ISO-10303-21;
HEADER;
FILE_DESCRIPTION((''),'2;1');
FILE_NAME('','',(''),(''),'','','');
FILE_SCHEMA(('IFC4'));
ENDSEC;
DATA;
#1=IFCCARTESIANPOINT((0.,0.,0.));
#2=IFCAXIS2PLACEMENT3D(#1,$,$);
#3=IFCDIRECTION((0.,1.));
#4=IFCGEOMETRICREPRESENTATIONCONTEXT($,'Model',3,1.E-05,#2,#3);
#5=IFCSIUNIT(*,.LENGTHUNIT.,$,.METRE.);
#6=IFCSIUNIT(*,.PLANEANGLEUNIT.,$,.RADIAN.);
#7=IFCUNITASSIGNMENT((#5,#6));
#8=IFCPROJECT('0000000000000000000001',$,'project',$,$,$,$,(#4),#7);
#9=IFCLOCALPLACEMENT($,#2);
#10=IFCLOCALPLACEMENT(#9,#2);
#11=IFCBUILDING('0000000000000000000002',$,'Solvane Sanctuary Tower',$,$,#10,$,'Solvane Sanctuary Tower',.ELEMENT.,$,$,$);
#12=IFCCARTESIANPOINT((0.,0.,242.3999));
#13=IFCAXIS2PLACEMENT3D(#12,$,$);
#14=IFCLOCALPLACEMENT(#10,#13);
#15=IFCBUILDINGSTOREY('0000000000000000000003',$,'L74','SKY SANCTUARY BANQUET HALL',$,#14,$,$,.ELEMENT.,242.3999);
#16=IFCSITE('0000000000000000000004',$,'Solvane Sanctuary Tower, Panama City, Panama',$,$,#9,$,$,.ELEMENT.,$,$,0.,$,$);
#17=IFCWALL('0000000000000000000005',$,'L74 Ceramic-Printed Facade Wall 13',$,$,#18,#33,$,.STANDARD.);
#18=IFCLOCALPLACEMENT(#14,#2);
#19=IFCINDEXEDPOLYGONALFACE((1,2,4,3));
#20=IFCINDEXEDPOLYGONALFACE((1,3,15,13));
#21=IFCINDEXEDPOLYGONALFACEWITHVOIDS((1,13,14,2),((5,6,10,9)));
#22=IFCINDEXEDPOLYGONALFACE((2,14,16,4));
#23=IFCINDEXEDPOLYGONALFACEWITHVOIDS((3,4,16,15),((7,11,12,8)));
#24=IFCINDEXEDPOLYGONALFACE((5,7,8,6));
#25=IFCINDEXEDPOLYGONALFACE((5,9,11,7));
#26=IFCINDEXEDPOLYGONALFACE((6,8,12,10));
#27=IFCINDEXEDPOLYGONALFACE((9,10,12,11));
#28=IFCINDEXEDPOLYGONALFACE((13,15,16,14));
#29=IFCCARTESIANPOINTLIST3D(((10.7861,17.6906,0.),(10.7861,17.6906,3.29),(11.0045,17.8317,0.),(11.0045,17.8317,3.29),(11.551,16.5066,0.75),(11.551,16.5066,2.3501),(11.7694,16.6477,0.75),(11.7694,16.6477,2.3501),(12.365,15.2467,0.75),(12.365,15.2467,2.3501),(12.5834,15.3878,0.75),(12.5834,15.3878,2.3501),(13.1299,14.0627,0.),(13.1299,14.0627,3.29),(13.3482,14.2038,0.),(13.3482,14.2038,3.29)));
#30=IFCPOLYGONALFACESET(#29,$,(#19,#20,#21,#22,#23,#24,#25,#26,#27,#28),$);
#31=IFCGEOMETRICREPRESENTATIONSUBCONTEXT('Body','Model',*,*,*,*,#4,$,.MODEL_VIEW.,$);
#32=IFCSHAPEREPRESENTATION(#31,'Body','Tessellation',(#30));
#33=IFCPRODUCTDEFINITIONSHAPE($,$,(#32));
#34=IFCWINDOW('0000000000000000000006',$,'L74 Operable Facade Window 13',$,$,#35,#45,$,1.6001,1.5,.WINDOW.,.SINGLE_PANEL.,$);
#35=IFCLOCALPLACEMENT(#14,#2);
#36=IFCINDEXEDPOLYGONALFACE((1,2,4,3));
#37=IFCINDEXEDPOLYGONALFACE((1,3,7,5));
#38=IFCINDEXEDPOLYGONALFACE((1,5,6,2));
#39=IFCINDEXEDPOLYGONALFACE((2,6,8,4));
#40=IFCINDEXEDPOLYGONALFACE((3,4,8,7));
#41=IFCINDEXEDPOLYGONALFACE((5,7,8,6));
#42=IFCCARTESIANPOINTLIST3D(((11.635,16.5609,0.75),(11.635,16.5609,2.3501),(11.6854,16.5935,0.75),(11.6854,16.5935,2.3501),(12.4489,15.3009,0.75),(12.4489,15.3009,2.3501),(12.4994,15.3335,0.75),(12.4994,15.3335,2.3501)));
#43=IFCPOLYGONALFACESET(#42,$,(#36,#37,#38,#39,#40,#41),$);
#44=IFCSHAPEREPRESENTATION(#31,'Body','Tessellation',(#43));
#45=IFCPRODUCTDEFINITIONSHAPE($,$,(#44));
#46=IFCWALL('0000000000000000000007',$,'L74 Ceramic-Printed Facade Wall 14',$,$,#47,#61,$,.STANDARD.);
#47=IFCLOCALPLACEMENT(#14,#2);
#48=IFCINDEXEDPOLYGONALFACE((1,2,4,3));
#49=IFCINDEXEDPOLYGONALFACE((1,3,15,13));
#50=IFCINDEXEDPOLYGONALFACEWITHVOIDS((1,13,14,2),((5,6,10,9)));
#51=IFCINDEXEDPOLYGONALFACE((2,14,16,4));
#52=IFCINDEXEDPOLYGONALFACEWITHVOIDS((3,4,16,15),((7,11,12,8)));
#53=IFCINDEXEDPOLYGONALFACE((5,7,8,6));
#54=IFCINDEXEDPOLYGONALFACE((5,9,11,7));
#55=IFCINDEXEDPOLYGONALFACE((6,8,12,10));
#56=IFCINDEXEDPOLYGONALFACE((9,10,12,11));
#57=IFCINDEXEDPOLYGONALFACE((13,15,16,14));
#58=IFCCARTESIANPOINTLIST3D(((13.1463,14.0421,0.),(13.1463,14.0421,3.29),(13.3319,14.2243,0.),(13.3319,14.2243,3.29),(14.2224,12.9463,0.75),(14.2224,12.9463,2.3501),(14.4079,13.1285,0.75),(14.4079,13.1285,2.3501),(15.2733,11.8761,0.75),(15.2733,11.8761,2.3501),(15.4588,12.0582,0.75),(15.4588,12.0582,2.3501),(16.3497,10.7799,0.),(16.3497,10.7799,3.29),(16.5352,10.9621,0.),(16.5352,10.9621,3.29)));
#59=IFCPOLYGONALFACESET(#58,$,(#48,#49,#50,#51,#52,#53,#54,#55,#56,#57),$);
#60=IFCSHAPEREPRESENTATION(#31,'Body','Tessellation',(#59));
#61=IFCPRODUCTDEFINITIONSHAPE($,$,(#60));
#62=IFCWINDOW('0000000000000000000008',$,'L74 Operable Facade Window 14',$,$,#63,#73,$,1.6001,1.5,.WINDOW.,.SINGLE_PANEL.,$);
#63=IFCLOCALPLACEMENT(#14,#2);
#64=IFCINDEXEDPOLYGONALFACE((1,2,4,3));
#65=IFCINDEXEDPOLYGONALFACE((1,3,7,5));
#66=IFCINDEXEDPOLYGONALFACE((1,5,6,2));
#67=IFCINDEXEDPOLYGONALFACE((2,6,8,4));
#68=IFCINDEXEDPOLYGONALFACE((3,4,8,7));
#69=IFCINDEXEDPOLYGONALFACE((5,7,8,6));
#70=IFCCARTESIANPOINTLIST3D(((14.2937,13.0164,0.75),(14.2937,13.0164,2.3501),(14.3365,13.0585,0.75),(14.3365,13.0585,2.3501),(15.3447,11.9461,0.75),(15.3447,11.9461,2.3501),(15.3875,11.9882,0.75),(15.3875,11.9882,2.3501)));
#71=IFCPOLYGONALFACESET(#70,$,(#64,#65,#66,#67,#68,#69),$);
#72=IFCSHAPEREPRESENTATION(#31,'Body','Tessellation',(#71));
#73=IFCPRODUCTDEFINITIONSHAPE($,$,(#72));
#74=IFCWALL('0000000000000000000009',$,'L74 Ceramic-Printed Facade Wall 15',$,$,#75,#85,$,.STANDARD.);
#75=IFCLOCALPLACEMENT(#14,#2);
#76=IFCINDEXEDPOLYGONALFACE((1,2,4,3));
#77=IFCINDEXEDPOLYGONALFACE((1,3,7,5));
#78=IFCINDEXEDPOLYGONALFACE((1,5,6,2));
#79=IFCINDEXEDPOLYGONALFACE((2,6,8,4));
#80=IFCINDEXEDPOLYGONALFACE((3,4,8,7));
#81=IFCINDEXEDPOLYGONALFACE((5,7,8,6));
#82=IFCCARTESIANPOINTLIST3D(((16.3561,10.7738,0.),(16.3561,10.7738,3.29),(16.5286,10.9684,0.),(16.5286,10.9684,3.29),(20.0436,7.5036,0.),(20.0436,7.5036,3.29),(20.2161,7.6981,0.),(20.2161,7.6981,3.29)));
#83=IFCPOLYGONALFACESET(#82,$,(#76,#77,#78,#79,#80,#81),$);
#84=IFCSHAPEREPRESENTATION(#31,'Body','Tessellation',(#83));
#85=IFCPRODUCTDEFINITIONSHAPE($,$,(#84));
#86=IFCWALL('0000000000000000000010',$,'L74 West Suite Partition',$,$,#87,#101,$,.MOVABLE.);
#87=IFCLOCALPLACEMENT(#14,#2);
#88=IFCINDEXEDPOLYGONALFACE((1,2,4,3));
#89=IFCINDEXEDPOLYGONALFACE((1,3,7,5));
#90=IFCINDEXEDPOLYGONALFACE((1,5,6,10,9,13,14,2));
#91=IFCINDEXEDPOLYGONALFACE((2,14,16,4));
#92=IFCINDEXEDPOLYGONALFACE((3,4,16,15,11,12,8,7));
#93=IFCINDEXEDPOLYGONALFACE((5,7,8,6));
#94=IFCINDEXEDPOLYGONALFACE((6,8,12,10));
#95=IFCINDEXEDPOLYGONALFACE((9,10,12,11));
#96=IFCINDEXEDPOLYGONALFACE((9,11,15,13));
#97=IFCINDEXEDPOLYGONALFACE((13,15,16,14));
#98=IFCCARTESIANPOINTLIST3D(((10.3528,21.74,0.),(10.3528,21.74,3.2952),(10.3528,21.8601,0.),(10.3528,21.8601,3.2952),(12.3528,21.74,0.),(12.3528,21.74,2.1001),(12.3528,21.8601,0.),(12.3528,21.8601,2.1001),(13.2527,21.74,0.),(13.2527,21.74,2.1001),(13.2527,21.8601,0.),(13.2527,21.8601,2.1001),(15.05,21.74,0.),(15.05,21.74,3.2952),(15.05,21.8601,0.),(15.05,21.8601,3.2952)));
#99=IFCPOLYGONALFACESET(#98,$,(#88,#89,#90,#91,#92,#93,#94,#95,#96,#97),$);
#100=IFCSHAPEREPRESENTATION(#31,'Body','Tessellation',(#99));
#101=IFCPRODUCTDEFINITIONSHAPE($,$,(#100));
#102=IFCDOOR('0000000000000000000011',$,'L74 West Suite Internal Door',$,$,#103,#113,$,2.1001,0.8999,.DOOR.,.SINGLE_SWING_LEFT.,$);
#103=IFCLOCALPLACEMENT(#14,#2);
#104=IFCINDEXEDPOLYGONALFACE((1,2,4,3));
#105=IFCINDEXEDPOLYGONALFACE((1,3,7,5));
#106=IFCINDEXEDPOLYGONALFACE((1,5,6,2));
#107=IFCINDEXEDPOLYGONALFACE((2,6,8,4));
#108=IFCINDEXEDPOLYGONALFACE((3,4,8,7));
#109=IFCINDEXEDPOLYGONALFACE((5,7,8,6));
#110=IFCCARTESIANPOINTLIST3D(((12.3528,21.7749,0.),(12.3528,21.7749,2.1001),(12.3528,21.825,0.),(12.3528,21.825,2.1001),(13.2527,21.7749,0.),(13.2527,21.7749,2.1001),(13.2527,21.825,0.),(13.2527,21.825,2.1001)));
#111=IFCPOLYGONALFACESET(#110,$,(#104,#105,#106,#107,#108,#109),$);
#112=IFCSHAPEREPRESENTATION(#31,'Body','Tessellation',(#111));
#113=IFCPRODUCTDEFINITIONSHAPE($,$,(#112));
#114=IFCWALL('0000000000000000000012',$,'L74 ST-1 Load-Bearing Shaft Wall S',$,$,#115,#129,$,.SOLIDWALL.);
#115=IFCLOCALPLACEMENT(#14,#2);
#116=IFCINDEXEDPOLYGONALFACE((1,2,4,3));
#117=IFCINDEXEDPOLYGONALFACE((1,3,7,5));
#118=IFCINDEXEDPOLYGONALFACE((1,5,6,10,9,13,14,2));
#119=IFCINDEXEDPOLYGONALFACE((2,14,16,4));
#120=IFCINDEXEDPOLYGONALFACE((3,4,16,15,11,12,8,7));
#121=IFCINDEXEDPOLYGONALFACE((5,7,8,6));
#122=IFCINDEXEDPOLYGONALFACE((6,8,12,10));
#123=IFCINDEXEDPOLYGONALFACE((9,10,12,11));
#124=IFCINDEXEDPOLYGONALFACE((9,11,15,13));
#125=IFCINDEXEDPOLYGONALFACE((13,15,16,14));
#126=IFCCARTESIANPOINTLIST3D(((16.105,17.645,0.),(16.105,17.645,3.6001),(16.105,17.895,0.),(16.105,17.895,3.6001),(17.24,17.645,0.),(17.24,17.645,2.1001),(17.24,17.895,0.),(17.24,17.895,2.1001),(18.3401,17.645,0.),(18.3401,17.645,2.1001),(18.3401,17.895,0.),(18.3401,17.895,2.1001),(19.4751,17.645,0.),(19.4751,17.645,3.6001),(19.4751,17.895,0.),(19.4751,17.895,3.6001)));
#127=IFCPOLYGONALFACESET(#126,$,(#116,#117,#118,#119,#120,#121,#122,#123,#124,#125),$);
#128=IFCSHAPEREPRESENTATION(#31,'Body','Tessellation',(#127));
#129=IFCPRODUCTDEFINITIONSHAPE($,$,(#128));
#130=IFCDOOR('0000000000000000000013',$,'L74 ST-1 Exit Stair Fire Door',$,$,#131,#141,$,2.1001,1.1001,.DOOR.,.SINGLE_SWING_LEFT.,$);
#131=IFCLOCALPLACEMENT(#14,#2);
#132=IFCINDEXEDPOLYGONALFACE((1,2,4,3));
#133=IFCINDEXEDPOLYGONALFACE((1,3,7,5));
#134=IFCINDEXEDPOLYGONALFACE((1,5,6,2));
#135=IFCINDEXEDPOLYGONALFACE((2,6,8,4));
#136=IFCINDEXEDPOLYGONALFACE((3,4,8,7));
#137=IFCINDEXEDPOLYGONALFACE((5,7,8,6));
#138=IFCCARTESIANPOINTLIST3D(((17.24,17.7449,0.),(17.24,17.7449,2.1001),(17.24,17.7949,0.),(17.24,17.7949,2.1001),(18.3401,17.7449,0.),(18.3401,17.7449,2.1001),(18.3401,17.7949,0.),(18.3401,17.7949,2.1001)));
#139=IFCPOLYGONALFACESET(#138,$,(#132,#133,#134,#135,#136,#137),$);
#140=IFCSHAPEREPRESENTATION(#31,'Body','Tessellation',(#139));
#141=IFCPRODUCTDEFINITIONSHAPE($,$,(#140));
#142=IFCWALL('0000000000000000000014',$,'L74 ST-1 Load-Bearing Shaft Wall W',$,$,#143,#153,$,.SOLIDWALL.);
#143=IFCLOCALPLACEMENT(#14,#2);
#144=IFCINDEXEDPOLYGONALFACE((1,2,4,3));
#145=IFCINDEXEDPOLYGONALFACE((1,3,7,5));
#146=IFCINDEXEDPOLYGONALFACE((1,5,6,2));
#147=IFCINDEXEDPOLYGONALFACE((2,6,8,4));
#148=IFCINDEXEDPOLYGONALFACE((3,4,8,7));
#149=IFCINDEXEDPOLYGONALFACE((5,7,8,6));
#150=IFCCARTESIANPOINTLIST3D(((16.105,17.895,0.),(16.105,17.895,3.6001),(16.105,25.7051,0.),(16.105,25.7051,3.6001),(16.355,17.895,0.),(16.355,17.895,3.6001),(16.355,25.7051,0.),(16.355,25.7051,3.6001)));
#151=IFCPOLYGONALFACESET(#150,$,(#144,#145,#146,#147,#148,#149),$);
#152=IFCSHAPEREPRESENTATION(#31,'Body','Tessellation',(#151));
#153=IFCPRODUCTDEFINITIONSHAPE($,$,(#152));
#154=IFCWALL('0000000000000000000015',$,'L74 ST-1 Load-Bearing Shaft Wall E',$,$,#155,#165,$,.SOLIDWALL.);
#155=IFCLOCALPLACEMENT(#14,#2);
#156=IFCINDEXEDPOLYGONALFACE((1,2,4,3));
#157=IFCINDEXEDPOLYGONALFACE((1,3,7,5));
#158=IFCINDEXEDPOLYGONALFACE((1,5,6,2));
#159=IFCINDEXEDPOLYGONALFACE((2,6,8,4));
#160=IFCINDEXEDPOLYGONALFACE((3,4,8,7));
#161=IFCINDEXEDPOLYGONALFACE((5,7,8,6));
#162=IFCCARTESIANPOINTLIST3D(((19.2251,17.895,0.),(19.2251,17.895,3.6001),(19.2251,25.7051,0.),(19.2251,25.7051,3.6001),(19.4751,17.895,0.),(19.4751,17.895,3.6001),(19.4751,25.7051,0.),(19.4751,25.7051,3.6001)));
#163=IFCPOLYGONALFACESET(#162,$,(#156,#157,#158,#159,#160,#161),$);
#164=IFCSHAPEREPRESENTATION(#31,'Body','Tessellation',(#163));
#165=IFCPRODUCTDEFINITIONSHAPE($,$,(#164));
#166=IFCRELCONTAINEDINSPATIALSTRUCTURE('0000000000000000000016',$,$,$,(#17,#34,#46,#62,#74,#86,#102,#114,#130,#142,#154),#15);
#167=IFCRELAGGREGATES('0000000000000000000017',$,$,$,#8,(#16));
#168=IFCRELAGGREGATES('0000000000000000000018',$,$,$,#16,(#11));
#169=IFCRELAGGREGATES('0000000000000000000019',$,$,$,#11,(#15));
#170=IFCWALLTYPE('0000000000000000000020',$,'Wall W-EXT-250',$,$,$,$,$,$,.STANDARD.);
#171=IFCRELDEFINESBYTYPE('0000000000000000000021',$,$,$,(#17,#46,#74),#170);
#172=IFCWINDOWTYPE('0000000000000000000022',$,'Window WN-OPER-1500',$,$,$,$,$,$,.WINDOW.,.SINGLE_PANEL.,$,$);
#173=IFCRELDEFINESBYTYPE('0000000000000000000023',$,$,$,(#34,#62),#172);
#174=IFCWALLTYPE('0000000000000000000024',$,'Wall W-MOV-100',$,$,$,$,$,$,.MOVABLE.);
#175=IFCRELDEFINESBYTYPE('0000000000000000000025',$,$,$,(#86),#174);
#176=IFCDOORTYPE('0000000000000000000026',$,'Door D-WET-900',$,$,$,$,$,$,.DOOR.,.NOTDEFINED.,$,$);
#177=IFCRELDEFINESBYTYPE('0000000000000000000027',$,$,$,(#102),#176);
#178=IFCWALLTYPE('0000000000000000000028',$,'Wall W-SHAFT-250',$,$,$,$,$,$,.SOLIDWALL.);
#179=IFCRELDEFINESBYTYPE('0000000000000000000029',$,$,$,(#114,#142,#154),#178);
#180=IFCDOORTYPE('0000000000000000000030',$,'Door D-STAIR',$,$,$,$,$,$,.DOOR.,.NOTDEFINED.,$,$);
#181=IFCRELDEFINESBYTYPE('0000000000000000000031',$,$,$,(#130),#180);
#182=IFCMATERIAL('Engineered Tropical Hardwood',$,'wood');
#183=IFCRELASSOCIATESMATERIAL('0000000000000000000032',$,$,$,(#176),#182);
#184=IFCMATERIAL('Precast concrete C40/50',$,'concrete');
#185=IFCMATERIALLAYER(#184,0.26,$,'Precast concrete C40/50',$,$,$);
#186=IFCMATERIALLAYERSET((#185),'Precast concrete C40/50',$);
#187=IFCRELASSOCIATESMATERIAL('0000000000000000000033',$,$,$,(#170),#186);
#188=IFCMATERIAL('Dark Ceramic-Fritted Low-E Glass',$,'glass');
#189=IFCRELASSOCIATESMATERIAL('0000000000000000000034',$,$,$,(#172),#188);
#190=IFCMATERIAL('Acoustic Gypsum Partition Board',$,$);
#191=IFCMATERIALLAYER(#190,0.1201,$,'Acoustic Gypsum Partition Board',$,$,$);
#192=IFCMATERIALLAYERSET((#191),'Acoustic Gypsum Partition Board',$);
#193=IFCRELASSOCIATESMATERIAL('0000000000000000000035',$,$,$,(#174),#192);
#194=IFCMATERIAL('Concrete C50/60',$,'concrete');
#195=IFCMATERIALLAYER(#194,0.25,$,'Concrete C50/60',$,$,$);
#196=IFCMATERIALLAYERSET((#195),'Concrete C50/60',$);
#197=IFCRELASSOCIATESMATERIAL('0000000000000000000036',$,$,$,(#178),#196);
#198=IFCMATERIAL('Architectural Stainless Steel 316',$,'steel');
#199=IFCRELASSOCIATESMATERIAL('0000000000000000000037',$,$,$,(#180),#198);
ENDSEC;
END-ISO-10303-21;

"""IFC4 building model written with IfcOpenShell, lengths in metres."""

from ifc_helpers import new_model, si_unit, direction, frame, frame_2d, origin, place, context, subcontext, project, spatial, rectangle, extrude, material, layer, layer_set, type_object, element, fill, save


model = new_model("IFC4")

# Units and contexts
model_context = context("Model", 3, precision=1e-05, world=origin(), true_north=direction((0.0, 1.0)))
body_context = subcontext(model_context, "Body", "Model", "MODEL_VIEW")
ifc_project = project(units=[si_unit("LENGTHUNIT", "METRE"), si_unit("PLANEANGLEUNIT", "RADIAN")], contexts=[model_context])

# Site, building, storey
site_placement = place(None, origin())
site = spatial("IfcSite", under=ifc_project, at=site_placement, Name="Solvane Sanctuary Tower, Panama City, Panama", CompositionType="ELEMENT", RefElevation=0.0)
building_placement = place(site_placement, origin())
building = spatial("IfcBuilding", under=site, at=building_placement, Name="Solvane Sanctuary Tower", LongName="Solvane Sanctuary Tower", CompositionType="ELEMENT")
storey_placement = place(building_placement, frame((0.0, 0.0, 242.3999)))
storey = spatial("IfcBuildingStorey", under=building, at=storey_placement, Name="L74", Description="SKY SANCTUARY BANQUET HALL", CompositionType="ELEMENT", Elevation=242.3999)

# Shared definitions
ifc_material_1 = material(Name="Concrete C50/60", Category="concrete")

# Shared definitions
ifc_material_2 = material(Name="Acoustic Gypsum Partition Board")
ifc_material_3 = material(Name="Engineered Tropical Hardwood", Category="wood")
door_type_1 = type_object("IfcDoorType", Name="Door D-WET-900", OperationType="NOTDEFINED", PredefinedType="DOOR", material=ifc_material_3)

# Walls, openings, windows
ifc_material_4 = material(Name="Precast concrete C40/50", Category="concrete")
ifc_layer_1 = layer(ifc_material_4, 0.26, Name="Precast concrete C40/50")
ifc_layer_set_1 = layer_set([ifc_layer_1], Name="Precast concrete C40/50")
wall_type_1 = type_object("IfcWallType", Name="Wall W-EXT-250", PredefinedType="STANDARD", material=ifc_layer_set_1)
wall_1_placement = place(storey_placement, frame((10.8953, 17.7612, 0.0), z_axis=(0.0, 0.0, 1.0), x_axis=(0.542642, -0.839964, 0.0)))
wall_1 = element("IfcWall", 1, at=wall_1_placement, inside=storey, type_object=wall_type_1, Name="L74 Ceramic-Printed Facade Wall 13", PredefinedType="STANDARD", context=body_context, shape_type="SweptSolid", body=[
    extrude(rectangle(XDim=4.3191, YDim=0.26, at=frame_2d((2.1597, 0.0))), origin(), (0.0, 0.0, 1.0), 3.29),
])
opening_1_placement = place(wall_1_placement, frame((1.4097, 0.0, 0.75)))
opening_1 = element("IfcOpeningElement", 2, at=opening_1_placement, cuts=wall_1, PredefinedType="OPENING", context=body_context, shape_type="SweptSolid", body=[
    extrude(rectangle(XDim=1.5, YDim=1.6001, at=frame_2d((0.75, 0.8))), frame((0.0, 0.1399, 0.0), z_axis=(0.0, -1.0, 0.0), x_axis=(1.0, 0.0, 0.0)), (0.0, 0.0, 1.0), 0.28),
])
ifc_material_5 = material(Name="Dark Ceramic-Fritted Low-E Glass", Category="glass")
window_type = type_object("IfcWindowType", Name="Window WN-OPER-1500", PartitioningType="SINGLE_PANEL", PredefinedType="WINDOW", material=ifc_material_5)
window_1_placement = place(opening_1_placement, origin())
window_1 = element("IfcWindow", 3, at=window_1_placement, inside=storey, type_object=window_type, Name="L74 Operable Facade Window 13", OverallHeight=1.6001, OverallWidth=1.5, PartitioningType="SINGLE_PANEL", PredefinedType="WINDOW", context=body_context, shape_type="SweptSolid", body=[
    extrude(rectangle(XDim=1.5, YDim=1.6001, at=frame_2d((0.75, 0.8))), frame((0.0, 0.03, 0.0), z_axis=(0.0, -1.0, 0.0), x_axis=(1.0, 0.0, 0.0)), (0.0, 0.0, 1.0), 0.0601),
])
fill(opening_1, window_1)
wall_2_placement = place(storey_placement, frame((13.239, 14.1333, 0.0), z_axis=(0.0, 0.0, 1.0), x_axis=(0.700643, -0.713512, 0.0)))
wall_2 = element("IfcWall", 4, at=wall_2_placement, inside=storey, type_object=wall_type_1, Name="L74 Ceramic-Printed Facade Wall 14", PredefinedType="STANDARD", context=body_context, shape_type="SweptSolid", body=[
    extrude(rectangle(XDim=4.572, YDim=0.26, at=frame_2d((2.2861, 0.0))), origin(), (0.0, 0.0, 1.0), 3.29),
])
opening_2_placement = place(wall_2_placement, frame((1.5359, 0.0, 0.75)))
opening_2 = element("IfcOpeningElement", 5, at=opening_2_placement, cuts=wall_2, PredefinedType="OPENING", context=body_context, shape_type="SweptSolid", body=[
    extrude(rectangle(XDim=1.5, YDim=1.6001, at=frame_2d((0.75, 0.8))), frame((0.0, 0.1399, 0.0), z_axis=(0.0, -1.0, 0.0), x_axis=(1.0, 0.0, 0.0)), (0.0, 0.0, 1.0), 0.28),
])
window_2_placement = place(opening_2_placement, origin())
window_2 = element("IfcWindow", 6, at=window_2_placement, inside=storey, type_object=window_type, Name="L74 Operable Facade Window 14", OverallHeight=1.6001, OverallWidth=1.5, PartitioningType="SINGLE_PANEL", PredefinedType="WINDOW", context=body_context, shape_type="SweptSolid", body=[
    extrude(rectangle(XDim=1.5, YDim=1.6001, at=frame_2d((0.75, 0.8))), frame((0.0, 0.03, 0.0), z_axis=(0.0, -1.0, 0.0), x_axis=(1.0, 0.0, 0.0)), (0.0, 0.0, 1.0), 0.0601),
])
fill(opening_2, window_2)

# Wall
wall_3_placement = place(storey_placement, frame((16.4424, 10.8711, 0.0), z_axis=(0.0, 0.0, 1.0), x_axis=(0.748166, -0.663512, 0.0)))
element("IfcWall", 7, at=wall_3_placement, inside=storey, type_object=wall_type_1, Name="L74 Ceramic-Printed Facade Wall 15", PredefinedType="STANDARD", context=body_context, shape_type="SweptSolid", body=[
    extrude(rectangle(XDim=4.9287, YDim=0.26, at=frame_2d((2.4644, 0.0))), origin(), (0.0, 0.0, 1.0), 3.29),
])

# Walls, openings, doors
ifc_layer_2 = layer(ifc_material_2, 0.1201, Name="Acoustic Gypsum Partition Board")
ifc_layer_set_2 = layer_set([ifc_layer_2], Name="Acoustic Gypsum Partition Board")
wall_type_2 = type_object("IfcWallType", Name="Wall W-MOV-100", PredefinedType="MOVABLE", material=ifc_layer_set_2)
wall_4_placement = place(storey_placement, frame((10.3528, 21.8, 0.0), z_axis=(0.0, 0.0, 1.0), x_axis=(1.0, 0.0, 0.0)))
wall_4 = element("IfcWall", 8, at=wall_4_placement, inside=storey, type_object=wall_type_2, Name="L74 West Suite Partition", PredefinedType="MOVABLE", context=body_context, shape_type="SweptSolid", body=[
    extrude(rectangle(XDim=4.6973, YDim=0.1201, at=frame_2d((2.3486, 0.0))), origin(), (0.0, 0.0, 1.0), 3.2952),
])
opening_3_placement = place(wall_4_placement, frame((2.0, 0.0, 0.0)))
opening_3 = element("IfcOpeningElement", 9, at=opening_3_placement, cuts=wall_4, PredefinedType="OPENING", context=body_context, shape_type="SweptSolid", body=[
    extrude(rectangle(XDim=0.8999, YDim=2.1001, at=frame_2d((0.45, 1.05))), frame((0.0, 0.0701, 0.0), z_axis=(0.0, -1.0, 0.0), x_axis=(1.0, 0.0, 0.0)), (0.0, 0.0, 1.0), 0.1401),
])
door_1_placement = place(opening_3_placement, origin())
door_1 = element("IfcDoor", 10, at=door_1_placement, inside=storey, type_object=door_type_1, Name="L74 West Suite Internal Door", OperationType="SINGLE_SWING_LEFT", OverallHeight=2.1001, OverallWidth=0.8999, PredefinedType="DOOR", context=body_context, shape_type="SweptSolid", body=[
    extrude(rectangle(XDim=0.8999, YDim=2.1001, at=frame_2d((0.45, 1.05))), frame((0.0, 0.0249, 0.0), z_axis=(0.0, -1.0, 0.0), x_axis=(1.0, 0.0, 0.0)), (0.0, 0.0, 1.0), 0.05),
])
fill(opening_3, door_1)
ifc_layer_3 = layer(ifc_material_1, 0.25, Name="Concrete C50/60")
ifc_layer_set_3 = layer_set([ifc_layer_3], Name="Concrete C50/60")
wall_type_3 = type_object("IfcWallType", Name="Wall W-SHAFT-250", PredefinedType="SOLIDWALL", material=ifc_layer_set_3)
wall_5_placement = place(storey_placement, frame((16.105, 17.77, 0.0), z_axis=(0.0, 0.0, 1.0), x_axis=(1.0, 0.0, 0.0)))
wall_5 = element("IfcWall", 11, at=wall_5_placement, inside=storey, type_object=wall_type_3, Name="L74 ST-1 Load-Bearing Shaft Wall S", PredefinedType="SOLIDWALL", context=body_context, shape_type="SweptSolid", body=[
    extrude(rectangle(XDim=3.3701, YDim=0.25, at=frame_2d((1.6851, 0.0))), origin(), (0.0, 0.0, 1.0), 3.6001),
])
opening_4_placement = place(wall_5_placement, frame((1.135, 0.0, 0.0)))
opening_4 = element("IfcOpeningElement", 12, at=opening_4_placement, cuts=wall_5, PredefinedType="OPENING", context=body_context, shape_type="SweptSolid", body=[
    extrude(rectangle(XDim=1.1001, YDim=2.1001, at=frame_2d((0.55, 1.05))), frame((0.0, 0.135, 0.0), z_axis=(0.0, -1.0, 0.0), x_axis=(1.0, 0.0, 0.0)), (0.0, 0.0, 1.0), 0.27),
])
ifc_material_6 = material(Name="Architectural Stainless Steel 316", Category="steel")
door_type_2 = type_object("IfcDoorType", Name="Door D-STAIR", OperationType="NOTDEFINED", PredefinedType="DOOR", material=ifc_material_6)
door_2_placement = place(opening_4_placement, origin())
door_2 = element("IfcDoor", 13, at=door_2_placement, inside=storey, type_object=door_type_2, Name="L74 ST-1 Exit Stair Fire Door", OperationType="SINGLE_SWING_LEFT", OverallHeight=2.1001, OverallWidth=1.1001, PredefinedType="DOOR", context=body_context, shape_type="SweptSolid", body=[
    extrude(rectangle(XDim=1.1001, YDim=2.1001, at=frame_2d((0.55, 1.05))), frame((0.0, 0.0249, 0.0), z_axis=(0.0, -1.0, 0.0), x_axis=(1.0, 0.0, 0.0)), (0.0, 0.0, 1.0), 0.05),
])
fill(opening_4, door_2)

# Walls
for number, where, z_axis, x_axis, name in (
    (14, (16.23, 17.895, 0.0), (0.0, 0.0, 1.0), (0.0, 1.0, 0.0), "L74 ST-1 Load-Bearing Shaft Wall W"),
    (15, (19.3501, 17.895, 0.0), (0.0, 0.0, 1.0), (0.0, 1.0, 0.0), "L74 ST-1 Load-Bearing Shaft Wall E"),
):
    element("IfcWall", number, at=place(storey_placement, frame(where, z_axis=z_axis, x_axis=x_axis)), inside=storey, type_object=wall_type_3, Name=name, PredefinedType="SOLIDWALL", context=body_context, shape_type="SweptSolid", body=[
        extrude(rectangle(XDim=7.8101, YDim=0.25, at=frame_2d((3.905, 0.0))), origin(), (0.0, 0.0, 1.0), 3.6001),
    ])

save(model, "model.ifc")
